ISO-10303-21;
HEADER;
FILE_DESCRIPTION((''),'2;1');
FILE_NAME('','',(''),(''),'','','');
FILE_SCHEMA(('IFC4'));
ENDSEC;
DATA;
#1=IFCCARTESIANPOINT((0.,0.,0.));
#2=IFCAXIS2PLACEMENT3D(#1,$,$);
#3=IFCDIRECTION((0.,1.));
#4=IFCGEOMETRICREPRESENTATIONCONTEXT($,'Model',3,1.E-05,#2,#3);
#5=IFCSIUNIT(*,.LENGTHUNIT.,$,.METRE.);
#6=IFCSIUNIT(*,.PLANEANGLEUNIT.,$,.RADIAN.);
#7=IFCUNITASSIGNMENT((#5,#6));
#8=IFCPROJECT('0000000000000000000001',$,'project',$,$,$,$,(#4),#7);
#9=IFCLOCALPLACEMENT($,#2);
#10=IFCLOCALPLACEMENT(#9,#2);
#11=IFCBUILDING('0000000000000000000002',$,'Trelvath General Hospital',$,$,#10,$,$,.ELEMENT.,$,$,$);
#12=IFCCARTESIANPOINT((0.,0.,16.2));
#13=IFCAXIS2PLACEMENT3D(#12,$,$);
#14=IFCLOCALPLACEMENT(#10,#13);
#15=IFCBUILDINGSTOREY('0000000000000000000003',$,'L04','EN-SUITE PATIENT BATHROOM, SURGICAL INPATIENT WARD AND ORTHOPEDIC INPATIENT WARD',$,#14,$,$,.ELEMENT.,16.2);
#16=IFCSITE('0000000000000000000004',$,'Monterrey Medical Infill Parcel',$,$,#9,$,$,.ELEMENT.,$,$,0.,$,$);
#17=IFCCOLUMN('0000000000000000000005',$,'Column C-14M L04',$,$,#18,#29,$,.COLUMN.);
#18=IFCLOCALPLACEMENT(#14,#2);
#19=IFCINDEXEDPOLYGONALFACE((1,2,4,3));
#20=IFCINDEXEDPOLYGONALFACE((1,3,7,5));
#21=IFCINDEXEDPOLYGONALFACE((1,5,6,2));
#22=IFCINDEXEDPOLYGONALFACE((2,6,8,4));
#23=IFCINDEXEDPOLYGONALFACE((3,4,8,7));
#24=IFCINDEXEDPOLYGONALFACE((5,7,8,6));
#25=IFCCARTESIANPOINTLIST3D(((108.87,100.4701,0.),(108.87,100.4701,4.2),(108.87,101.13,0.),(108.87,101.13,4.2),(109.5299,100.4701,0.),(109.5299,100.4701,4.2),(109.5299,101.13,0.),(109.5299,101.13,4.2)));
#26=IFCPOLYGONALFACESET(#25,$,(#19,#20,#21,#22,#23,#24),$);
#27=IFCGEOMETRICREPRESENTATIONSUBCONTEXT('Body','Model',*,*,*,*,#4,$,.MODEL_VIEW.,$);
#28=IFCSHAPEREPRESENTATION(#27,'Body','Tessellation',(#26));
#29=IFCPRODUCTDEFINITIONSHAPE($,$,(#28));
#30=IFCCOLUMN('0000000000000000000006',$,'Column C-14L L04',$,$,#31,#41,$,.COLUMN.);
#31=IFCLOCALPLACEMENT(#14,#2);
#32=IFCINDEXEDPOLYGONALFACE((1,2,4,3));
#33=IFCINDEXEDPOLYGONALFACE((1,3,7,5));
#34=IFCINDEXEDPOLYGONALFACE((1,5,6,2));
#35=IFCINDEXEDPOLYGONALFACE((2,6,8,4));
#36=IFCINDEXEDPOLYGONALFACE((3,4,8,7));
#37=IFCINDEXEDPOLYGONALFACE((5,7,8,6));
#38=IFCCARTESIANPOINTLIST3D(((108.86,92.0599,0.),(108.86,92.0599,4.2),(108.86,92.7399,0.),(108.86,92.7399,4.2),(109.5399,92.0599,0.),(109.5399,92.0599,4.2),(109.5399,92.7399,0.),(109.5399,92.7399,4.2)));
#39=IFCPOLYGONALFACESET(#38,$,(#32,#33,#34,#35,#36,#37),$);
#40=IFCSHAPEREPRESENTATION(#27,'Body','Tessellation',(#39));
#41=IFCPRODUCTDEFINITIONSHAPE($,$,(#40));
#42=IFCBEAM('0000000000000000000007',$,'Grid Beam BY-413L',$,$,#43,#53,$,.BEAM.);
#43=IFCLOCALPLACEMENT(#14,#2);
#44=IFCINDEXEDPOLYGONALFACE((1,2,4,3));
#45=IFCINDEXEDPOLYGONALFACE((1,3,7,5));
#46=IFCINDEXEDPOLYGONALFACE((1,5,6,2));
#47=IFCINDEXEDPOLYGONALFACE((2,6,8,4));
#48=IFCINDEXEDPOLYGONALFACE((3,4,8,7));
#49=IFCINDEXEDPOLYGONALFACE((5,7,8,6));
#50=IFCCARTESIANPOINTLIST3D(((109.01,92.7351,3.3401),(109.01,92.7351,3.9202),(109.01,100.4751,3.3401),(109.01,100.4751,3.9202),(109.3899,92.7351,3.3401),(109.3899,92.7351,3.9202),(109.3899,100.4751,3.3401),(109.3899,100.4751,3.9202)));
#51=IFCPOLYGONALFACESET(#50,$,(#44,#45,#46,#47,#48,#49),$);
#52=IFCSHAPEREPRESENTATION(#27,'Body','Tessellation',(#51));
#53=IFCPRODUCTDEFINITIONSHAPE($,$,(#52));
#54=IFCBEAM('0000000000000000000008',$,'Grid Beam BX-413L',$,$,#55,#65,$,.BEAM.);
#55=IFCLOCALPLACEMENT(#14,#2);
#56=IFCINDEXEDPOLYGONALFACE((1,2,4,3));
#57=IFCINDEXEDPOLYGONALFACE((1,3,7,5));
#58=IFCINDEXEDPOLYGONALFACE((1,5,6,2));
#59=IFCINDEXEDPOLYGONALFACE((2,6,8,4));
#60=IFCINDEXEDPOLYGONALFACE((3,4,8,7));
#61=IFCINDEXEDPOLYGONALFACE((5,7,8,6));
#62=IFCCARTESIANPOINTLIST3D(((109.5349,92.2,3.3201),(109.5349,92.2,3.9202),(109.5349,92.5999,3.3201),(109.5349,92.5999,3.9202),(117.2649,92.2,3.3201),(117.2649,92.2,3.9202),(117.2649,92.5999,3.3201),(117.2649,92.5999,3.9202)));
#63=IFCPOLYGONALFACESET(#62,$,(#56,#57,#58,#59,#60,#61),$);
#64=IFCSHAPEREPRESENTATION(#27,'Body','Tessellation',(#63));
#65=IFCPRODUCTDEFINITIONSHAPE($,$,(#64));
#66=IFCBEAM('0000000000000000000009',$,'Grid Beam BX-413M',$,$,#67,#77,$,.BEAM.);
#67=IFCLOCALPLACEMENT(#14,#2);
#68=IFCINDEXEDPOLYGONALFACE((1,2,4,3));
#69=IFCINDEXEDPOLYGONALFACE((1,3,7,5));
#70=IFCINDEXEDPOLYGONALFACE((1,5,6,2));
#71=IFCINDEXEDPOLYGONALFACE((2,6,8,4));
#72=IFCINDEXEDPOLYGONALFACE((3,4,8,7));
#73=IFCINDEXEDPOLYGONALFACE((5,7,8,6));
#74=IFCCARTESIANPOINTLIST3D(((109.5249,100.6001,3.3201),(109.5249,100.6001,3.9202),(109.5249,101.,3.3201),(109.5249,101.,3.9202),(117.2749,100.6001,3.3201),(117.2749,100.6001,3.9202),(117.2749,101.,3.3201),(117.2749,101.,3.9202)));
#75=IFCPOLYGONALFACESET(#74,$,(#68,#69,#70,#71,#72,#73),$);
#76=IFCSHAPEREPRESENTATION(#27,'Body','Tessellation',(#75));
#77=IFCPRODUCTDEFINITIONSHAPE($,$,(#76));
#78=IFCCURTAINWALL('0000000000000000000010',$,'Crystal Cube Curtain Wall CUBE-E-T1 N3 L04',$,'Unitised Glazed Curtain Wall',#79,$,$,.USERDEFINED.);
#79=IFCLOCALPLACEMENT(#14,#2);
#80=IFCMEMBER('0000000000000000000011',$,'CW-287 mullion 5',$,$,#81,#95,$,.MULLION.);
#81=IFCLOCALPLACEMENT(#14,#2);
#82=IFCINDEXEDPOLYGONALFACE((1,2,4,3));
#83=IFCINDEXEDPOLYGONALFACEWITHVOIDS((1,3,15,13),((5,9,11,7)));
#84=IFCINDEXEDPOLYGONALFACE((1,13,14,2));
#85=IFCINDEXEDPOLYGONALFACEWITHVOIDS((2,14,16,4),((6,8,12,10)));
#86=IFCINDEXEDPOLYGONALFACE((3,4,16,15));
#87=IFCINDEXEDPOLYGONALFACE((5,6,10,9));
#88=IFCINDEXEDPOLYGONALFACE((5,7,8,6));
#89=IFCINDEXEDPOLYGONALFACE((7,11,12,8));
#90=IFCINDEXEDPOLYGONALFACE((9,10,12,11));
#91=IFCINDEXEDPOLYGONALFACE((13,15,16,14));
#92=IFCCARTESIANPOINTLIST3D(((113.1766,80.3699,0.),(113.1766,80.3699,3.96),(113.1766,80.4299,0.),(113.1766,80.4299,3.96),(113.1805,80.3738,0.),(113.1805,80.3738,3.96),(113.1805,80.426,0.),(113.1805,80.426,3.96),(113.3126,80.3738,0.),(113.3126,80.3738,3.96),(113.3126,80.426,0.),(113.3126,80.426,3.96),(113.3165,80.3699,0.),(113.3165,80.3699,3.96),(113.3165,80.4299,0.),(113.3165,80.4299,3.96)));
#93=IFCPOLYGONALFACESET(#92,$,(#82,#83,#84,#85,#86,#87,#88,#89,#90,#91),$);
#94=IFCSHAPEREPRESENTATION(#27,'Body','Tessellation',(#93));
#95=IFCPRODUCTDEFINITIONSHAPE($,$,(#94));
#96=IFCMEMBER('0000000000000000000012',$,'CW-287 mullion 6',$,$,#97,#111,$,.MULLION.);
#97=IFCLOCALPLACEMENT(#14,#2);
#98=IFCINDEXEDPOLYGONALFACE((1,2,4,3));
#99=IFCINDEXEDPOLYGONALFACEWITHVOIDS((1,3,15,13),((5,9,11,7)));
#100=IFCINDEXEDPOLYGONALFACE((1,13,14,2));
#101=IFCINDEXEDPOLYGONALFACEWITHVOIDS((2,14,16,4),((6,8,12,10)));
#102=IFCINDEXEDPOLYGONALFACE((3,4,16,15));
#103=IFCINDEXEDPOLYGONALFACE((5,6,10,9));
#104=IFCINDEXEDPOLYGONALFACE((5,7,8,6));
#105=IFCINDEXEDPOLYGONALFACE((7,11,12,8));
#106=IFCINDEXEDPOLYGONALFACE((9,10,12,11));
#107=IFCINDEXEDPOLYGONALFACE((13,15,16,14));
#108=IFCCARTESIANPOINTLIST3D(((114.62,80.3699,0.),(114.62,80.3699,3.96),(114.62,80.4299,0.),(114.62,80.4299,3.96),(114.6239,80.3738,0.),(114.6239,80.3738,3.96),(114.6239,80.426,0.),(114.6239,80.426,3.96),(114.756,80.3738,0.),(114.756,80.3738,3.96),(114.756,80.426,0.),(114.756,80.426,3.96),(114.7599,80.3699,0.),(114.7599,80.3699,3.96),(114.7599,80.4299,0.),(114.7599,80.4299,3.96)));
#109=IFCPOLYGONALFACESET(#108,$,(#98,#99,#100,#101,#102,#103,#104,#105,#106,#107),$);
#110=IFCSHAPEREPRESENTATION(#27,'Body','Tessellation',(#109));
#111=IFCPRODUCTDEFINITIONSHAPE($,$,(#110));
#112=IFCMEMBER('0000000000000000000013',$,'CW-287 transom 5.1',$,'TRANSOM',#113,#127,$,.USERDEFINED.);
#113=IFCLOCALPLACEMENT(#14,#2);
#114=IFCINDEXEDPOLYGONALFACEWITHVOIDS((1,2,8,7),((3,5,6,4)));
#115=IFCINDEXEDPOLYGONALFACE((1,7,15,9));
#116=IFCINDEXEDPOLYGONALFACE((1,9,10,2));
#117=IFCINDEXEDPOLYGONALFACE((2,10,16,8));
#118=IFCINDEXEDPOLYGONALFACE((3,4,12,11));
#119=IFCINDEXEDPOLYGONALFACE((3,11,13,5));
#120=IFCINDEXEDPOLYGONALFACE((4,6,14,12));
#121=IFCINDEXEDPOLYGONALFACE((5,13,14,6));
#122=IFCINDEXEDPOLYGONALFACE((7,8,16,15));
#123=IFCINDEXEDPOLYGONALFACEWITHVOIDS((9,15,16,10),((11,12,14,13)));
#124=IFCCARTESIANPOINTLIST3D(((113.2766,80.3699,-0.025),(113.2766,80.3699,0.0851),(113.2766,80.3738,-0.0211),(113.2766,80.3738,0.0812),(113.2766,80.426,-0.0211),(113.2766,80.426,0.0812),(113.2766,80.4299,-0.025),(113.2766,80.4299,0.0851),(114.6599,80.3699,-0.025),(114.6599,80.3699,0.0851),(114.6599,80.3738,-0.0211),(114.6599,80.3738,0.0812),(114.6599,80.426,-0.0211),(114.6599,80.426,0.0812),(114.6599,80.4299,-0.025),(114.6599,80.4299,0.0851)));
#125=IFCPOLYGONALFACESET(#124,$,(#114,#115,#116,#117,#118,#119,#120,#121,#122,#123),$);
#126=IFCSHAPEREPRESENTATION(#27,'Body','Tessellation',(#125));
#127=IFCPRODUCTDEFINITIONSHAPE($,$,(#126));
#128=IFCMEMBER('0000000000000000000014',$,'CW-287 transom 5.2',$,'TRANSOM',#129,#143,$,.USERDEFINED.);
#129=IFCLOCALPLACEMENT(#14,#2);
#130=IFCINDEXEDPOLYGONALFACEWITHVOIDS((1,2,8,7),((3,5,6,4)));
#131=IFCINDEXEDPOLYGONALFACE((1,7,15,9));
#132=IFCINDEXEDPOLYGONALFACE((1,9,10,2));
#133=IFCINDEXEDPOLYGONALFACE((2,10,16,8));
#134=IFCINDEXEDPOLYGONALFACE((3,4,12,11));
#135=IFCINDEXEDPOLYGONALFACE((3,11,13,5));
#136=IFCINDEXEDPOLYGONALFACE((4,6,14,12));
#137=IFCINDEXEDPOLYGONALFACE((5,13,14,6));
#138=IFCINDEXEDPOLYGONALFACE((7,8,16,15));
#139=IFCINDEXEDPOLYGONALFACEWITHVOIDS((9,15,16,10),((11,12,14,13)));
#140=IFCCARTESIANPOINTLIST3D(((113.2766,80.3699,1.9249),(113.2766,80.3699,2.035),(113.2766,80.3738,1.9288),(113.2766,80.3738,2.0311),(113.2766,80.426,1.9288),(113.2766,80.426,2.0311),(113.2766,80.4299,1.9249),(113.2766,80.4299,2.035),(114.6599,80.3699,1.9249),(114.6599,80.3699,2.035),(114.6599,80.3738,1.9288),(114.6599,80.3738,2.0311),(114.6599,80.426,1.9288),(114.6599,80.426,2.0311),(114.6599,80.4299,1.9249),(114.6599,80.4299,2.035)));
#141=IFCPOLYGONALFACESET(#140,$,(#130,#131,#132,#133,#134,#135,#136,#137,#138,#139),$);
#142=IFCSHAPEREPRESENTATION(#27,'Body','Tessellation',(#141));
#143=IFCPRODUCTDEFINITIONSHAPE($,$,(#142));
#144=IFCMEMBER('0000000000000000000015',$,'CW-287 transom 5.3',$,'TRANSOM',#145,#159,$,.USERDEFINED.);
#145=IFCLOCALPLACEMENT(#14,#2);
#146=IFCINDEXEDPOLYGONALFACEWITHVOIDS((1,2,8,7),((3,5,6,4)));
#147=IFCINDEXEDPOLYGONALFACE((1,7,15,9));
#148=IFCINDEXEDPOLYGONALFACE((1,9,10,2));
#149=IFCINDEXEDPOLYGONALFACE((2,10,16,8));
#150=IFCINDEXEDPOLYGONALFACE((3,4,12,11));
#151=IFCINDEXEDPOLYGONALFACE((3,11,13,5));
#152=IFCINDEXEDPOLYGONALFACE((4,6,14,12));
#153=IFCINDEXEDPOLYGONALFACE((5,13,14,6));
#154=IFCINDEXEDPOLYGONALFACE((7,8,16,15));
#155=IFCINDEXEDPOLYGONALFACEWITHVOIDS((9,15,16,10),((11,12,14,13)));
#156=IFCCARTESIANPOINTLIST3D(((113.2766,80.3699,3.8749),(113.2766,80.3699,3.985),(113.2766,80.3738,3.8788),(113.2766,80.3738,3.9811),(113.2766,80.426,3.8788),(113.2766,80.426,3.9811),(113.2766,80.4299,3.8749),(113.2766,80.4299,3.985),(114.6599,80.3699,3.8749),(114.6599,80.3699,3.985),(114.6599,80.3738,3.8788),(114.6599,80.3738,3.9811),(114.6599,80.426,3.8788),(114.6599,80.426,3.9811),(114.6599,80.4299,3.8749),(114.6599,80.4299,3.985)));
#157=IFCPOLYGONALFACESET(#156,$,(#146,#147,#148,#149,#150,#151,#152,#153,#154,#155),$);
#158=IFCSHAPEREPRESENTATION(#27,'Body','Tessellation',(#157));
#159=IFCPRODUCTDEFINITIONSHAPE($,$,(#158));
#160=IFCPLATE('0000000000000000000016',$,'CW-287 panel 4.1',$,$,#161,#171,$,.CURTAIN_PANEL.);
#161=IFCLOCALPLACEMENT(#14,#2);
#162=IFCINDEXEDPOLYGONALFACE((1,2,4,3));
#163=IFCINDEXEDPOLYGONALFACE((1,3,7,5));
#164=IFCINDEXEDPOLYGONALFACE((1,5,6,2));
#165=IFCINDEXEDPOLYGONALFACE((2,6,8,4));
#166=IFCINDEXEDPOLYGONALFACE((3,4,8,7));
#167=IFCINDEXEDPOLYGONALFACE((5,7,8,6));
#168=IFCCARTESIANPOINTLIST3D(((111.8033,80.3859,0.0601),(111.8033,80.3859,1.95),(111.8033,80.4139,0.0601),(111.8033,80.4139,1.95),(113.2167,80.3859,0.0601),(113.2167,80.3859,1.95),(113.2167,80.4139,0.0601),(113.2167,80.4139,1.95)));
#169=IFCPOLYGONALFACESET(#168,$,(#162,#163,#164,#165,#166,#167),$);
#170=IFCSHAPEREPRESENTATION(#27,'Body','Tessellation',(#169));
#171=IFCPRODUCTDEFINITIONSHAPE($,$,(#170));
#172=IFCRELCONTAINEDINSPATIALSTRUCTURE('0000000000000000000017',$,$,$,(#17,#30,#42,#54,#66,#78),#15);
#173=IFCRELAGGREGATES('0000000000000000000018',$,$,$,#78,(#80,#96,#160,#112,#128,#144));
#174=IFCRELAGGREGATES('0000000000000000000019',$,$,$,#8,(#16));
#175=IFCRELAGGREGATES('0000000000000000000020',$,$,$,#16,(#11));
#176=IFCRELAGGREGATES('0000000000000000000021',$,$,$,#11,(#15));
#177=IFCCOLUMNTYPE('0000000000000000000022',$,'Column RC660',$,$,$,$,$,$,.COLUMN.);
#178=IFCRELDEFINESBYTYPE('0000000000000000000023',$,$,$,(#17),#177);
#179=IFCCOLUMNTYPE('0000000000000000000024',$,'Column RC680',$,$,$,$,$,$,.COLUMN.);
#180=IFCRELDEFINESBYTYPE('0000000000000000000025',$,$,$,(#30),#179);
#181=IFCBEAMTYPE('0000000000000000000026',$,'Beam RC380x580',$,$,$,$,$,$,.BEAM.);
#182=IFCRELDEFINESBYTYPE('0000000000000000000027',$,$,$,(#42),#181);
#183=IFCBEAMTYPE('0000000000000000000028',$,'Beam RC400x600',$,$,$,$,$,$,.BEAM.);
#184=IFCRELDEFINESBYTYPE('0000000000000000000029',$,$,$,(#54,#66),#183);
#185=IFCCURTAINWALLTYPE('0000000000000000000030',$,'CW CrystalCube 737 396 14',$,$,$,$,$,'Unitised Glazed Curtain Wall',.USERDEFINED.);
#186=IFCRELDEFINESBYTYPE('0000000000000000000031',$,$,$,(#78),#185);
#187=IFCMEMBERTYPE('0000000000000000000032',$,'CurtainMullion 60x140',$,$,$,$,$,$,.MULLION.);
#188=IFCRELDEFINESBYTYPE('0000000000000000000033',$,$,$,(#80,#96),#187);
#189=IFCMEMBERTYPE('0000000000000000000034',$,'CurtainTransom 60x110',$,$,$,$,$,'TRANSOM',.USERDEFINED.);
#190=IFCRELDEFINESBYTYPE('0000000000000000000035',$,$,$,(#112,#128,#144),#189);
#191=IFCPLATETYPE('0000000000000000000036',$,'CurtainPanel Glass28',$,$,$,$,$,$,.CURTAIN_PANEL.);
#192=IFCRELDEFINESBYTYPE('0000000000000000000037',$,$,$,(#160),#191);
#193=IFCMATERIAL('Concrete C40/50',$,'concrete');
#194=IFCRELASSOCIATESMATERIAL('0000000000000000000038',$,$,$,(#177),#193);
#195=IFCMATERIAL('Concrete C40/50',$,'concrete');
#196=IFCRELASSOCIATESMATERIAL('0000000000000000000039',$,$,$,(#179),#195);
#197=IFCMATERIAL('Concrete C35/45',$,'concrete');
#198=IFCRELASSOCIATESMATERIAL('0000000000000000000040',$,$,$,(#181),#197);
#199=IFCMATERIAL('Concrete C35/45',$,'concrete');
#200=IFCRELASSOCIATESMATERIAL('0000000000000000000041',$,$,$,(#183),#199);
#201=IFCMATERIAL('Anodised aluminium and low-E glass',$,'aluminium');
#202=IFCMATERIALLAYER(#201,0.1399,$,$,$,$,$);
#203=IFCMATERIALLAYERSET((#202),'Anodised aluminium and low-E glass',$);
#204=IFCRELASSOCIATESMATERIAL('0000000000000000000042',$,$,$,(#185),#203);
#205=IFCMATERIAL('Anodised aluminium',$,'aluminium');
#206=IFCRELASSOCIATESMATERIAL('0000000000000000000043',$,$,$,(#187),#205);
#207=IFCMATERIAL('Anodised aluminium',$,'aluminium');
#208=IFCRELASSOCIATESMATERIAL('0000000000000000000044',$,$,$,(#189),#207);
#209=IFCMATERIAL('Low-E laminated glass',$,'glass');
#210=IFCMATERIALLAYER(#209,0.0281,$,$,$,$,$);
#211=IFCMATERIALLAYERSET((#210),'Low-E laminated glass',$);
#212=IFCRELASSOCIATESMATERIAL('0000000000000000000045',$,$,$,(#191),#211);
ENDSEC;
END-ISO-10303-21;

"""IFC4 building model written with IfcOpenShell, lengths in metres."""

from ifc_helpers import new_model, si_unit, direction, frame, origin, origin_2d, place, context, subcontext, project, spatial, rectangle, hollow_rectangle, extrude, material, layer, layer_set, material_profile, profile_set, type_object, element, aggregate, save


model = new_model("IFC4")

# Units and contexts
model_context = context("Model", 3, precision=1e-05, world=origin(), true_north=direction((0.0, 1.0)))
body_context = subcontext(model_context, "Body", "Model", "MODEL_VIEW")
ifc_project = project(units=[si_unit("LENGTHUNIT", "METRE"), si_unit("PLANEANGLEUNIT", "RADIAN")], contexts=[model_context])

# Site, building, storey
site_placement = place(None, origin())
site = spatial("IfcSite", under=ifc_project, at=site_placement, Name="Monterrey Medical Infill Parcel", CompositionType="ELEMENT", RefElevation=0.0)
building_placement = place(site_placement, origin())
building = spatial("IfcBuilding", under=site, at=building_placement, Name="Trelvath General Hospital", CompositionType="ELEMENT")
storey_placement = place(building_placement, frame((0.0, 0.0, 16.2)))
storey = spatial("IfcBuildingStorey", under=building, at=storey_placement, Name="L04", Description="EN-SUITE PATIENT BATHROOM, SURGICAL INPATIENT WARD AND ORTHOPEDIC INPATIENT WARD", CompositionType="ELEMENT", Elevation=16.2)

# Columns
ifc_material_1 = material(Name="Concrete C40/50", Category="concrete")
ifc_material_profile_1 = material_profile(ifc_material_1, rectangle(XDim=0.6599, YDim=0.6599, at=origin_2d()), Name="RC660x660")
ifc_profile_set_1 = profile_set([ifc_material_profile_1], Name="Concrete C40/50")
column_type_1 = type_object("IfcColumnType", Name="Column RC660", PredefinedType="COLUMN", material=ifc_profile_set_1)
column_1_placement = place(storey_placement, frame((109.2, 100.8, 0.0), z_axis=(0.0, 0.0, 1.0), x_axis=(1.0, 0.0, 0.0)))
element("IfcColumn", 1, at=column_1_placement, inside=storey, type_object=column_type_1, Name="Column C-14M L04", PredefinedType="COLUMN", context=body_context, shape_type="SweptSolid", body=[
    extrude(rectangle(XDim=0.6599, YDim=0.6599, at=origin_2d()), origin(), (0.0, 0.0, 1.0), 4.2),
])
ifc_material_2 = material(Name="Concrete C40/50", Category="concrete")
ifc_material_profile_2 = material_profile(ifc_material_2, rectangle(XDim=0.6799, YDim=0.6799, at=origin_2d()), Name="RC680x680")
ifc_profile_set_2 = profile_set([ifc_material_profile_2], Name="Concrete C40/50")
column_type_2 = type_object("IfcColumnType", Name="Column RC680", PredefinedType="COLUMN", material=ifc_profile_set_2)
column_2_placement = place(storey_placement, frame((109.2, 92.3999, 0.0), z_axis=(0.0, 0.0, 1.0), x_axis=(1.0, 0.0, 0.0)))
element("IfcColumn", 2, at=column_2_placement, inside=storey, type_object=column_type_2, Name="Column C-14L L04", PredefinedType="COLUMN", context=body_context, shape_type="SweptSolid", body=[
    extrude(rectangle(XDim=0.6799, YDim=0.6799, at=origin_2d()), origin(), (0.0, 0.0, 1.0), 4.2),
])

# Beams
ifc_material_3 = material(Name="Concrete C35/45", Category="concrete")
ifc_material_profile_3 = material_profile(ifc_material_3, rectangle(XDim=0.3799, YDim=0.5801, at=origin_2d()), Name="RCB380x580")
ifc_profile_set_3 = profile_set([ifc_material_profile_3], Name="Concrete C35/45")
beam_type_1 = type_object("IfcBeamType", Name="Beam RC380x580", PredefinedType="BEAM", material=ifc_profile_set_3)
beam_1_placement = place(storey_placement, frame((109.2, 92.7351, 3.6301), z_axis=(0.0, 1.0, 0.0), x_axis=(-1.0, 0.0, 0.0)))
element("IfcBeam", 3, at=beam_1_placement, inside=storey, type_object=beam_type_1, Name="Grid Beam BY-413L", PredefinedType="BEAM", context=body_context, shape_type="SweptSolid", body=[
    extrude(rectangle(XDim=0.3799, YDim=0.5801, at=origin_2d()), origin(), (0.0, 0.0, 1.0), 7.74),
])
ifc_material_4 = material(Name="Concrete C35/45", Category="concrete")
ifc_material_profile_4 = material_profile(ifc_material_4, rectangle(XDim=0.3999, YDim=0.6001, at=origin_2d()), Name="RCB400x600")
ifc_profile_set_4 = profile_set([ifc_material_profile_4], Name="Concrete C35/45")
beam_type_2 = type_object("IfcBeamType", Name="Beam RC400x600", PredefinedType="BEAM", material=ifc_profile_set_4)
beam_2_placement = place(storey_placement, frame((109.5349, 92.3999, 3.6201), z_axis=(1.0, 0.0, 0.0), x_axis=(0.0, 1.0, 0.0)))
element("IfcBeam", 4, at=beam_2_placement, inside=storey, type_object=beam_type_2, Name="Grid Beam BX-413L", PredefinedType="BEAM", context=body_context, shape_type="SweptSolid", body=[
    extrude(rectangle(XDim=0.3999, YDim=0.6001, at=origin_2d()), origin(), (0.0, 0.0, 1.0), 7.73),
])
beam_3_placement = place(storey_placement, frame((109.5249, 100.8, 3.6201), z_axis=(1.0, 0.0, 0.0), x_axis=(0.0, 1.0, 0.0)))
element("IfcBeam", 5, at=beam_3_placement, inside=storey, type_object=beam_type_2, Name="Grid Beam BX-413M", PredefinedType="BEAM", context=body_context, shape_type="SweptSolid", body=[
    extrude(rectangle(XDim=0.3999, YDim=0.6001, at=origin_2d()), origin(), (0.0, 0.0, 1.0), 7.75),
])

# Curtain wall, members, plate
ifc_material_5 = material(Name="Anodised aluminium and low-E glass", Category="aluminium")
ifc_layer_1 = layer(ifc_material_5, 0.1399)
ifc_layer_set_1 = layer_set([ifc_layer_1], Name="Anodised aluminium and low-E glass")
curtain_wall_type = type_object("IfcCurtainWallType", Name="CW CrystalCube 737 396 14", ElementType="Unitised Glazed Curtain Wall", PredefinedType="USERDEFINED", material=ifc_layer_set_1)
curtain_wall_placement = place(storey_placement, origin())
curtain_wall = element("IfcCurtainWall", 6, at=curtain_wall_placement, inside=storey, type_object=curtain_wall_type, Name="Crystal Cube Curtain Wall CUBE-E-T1 N3 L04", ObjectType="Unitised Glazed Curtain Wall", PredefinedType="USERDEFINED")
ifc_material_6 = material(Name="Anodised aluminium", Category="aluminium")
ifc_material_profile_5 = material_profile(ifc_material_6, hollow_rectangle(XDim=0.0601, YDim=0.1399, WallThickness=0.0039, at=origin_2d()), Name="RHS60x140x4")
ifc_profile_set_5 = profile_set([ifc_material_profile_5], Name="Anodised aluminium")
member_type_1 = type_object("IfcMemberType", Name="CurtainMullion 60x140", PredefinedType="MULLION", material=ifc_profile_set_5)
member_1_placement = place(storey_placement, frame((113.2466, 80.3999, 0.0), z_axis=(0.0, 0.0, 1.0), x_axis=(0.0, 1.0, 0.0)))
member_1 = element("IfcMember", 7, at=member_1_placement, type_object=member_type_1, Name="CW-287 mullion 5", PredefinedType="MULLION", context=body_context, shape_type="SweptSolid", body=[
    extrude(hollow_rectangle(XDim=0.0601, YDim=0.1399, WallThickness=0.0039, at=origin_2d()), origin(), (0.0, 0.0, 1.0), 3.96),
])
member_2_placement = place(storey_placement, frame((114.6899, 80.3999, 0.0), z_axis=(0.0, 0.0, 1.0), x_axis=(0.0, 1.0, 0.0)))
member_2 = element("IfcMember", 8, at=member_2_placement, type_object=member_type_1, Name="CW-287 mullion 6", PredefinedType="MULLION", context=body_context, shape_type="SweptSolid", body=[
    extrude(hollow_rectangle(XDim=0.0601, YDim=0.1399, WallThickness=0.0039, at=origin_2d()), origin(), (0.0, 0.0, 1.0), 3.96),
])
ifc_material_7 = material(Name="Anodised aluminium", Category="aluminium")
ifc_material_profile_6 = material_profile(ifc_material_7, hollow_rectangle(XDim=0.0601, YDim=0.1101, WallThickness=0.0039, at=origin_2d()), Name="RHS60x110x4")
ifc_profile_set_6 = profile_set([ifc_material_profile_6], Name="Anodised aluminium")
member_type_2 = type_object("IfcMemberType", Name="CurtainTransom 60x110", ElementType="TRANSOM", PredefinedType="USERDEFINED", material=ifc_profile_set_6)
member_3_placement = place(storey_placement, frame((113.2766, 80.3999, 0.03), z_axis=(1.0, 0.0, 0.0), x_axis=(0.0, 1.0, 0.0)))
member_3 = element("IfcMember", 9, at=member_3_placement, type_object=member_type_2, Name="CW-287 transom 5.1", ObjectType="TRANSOM", PredefinedType="USERDEFINED", context=body_context, shape_type="SweptSolid", body=[
    extrude(hollow_rectangle(XDim=0.0601, YDim=0.1101, WallThickness=0.0039, at=origin_2d()), origin(), (0.0, 0.0, 1.0), 1.3833),
])
member_4_placement = place(storey_placement, frame((113.2766, 80.3999, 1.98), z_axis=(1.0, 0.0, 0.0), x_axis=(0.0, 1.0, 0.0)))
member_4 = element("IfcMember", 10, at=member_4_placement, type_object=member_type_2, Name="CW-287 transom 5.2", ObjectType="TRANSOM", PredefinedType="USERDEFINED", context=body_context, shape_type="SweptSolid", body=[
    extrude(hollow_rectangle(XDim=0.0601, YDim=0.1101, WallThickness=0.0039, at=origin_2d()), origin(), (0.0, 0.0, 1.0), 1.3833),
])
member_5_placement = place(storey_placement, frame((113.2766, 80.3999, 3.9299), z_axis=(1.0, 0.0, 0.0), x_axis=(0.0, 1.0, 0.0)))
member_5 = element("IfcMember", 11, at=member_5_placement, type_object=member_type_2, Name="CW-287 transom 5.3", ObjectType="TRANSOM", PredefinedType="USERDEFINED", context=body_context, shape_type="SweptSolid", body=[
    extrude(hollow_rectangle(XDim=0.0601, YDim=0.1101, WallThickness=0.0039, at=origin_2d()), origin(), (0.0, 0.0, 1.0), 1.3833),
])
ifc_material_8 = material(Name="Low-E laminated glass", Category="glass")
ifc_layer_2 = layer(ifc_material_8, 0.0281)
ifc_layer_set_2 = layer_set([ifc_layer_2], Name="Low-E laminated glass")
plate_type = type_object("IfcPlateType", Name="CurtainPanel Glass28", PredefinedType="CURTAIN_PANEL", material=ifc_layer_set_2)
plate_1_placement = place(storey_placement, frame((112.51, 80.3999, 0.0601), z_axis=(0.0, 0.0, 1.0), x_axis=(1.0, 0.0, 0.0)))
plate_1 = element("IfcPlate", 12, at=plate_1_placement, type_object=plate_type, Name="CW-287 panel 4.1", PredefinedType="CURTAIN_PANEL", context=body_context, shape_type="SweptSolid", body=[
    extrude(rectangle(XDim=1.4133, YDim=0.0281, at=origin_2d()), origin(), (0.0, 0.0, 1.0), 1.8899),
])
aggregate(curtain_wall, [member_1, member_2, plate_1, member_3, member_4, member_5])

save(model, "model.ifc")
